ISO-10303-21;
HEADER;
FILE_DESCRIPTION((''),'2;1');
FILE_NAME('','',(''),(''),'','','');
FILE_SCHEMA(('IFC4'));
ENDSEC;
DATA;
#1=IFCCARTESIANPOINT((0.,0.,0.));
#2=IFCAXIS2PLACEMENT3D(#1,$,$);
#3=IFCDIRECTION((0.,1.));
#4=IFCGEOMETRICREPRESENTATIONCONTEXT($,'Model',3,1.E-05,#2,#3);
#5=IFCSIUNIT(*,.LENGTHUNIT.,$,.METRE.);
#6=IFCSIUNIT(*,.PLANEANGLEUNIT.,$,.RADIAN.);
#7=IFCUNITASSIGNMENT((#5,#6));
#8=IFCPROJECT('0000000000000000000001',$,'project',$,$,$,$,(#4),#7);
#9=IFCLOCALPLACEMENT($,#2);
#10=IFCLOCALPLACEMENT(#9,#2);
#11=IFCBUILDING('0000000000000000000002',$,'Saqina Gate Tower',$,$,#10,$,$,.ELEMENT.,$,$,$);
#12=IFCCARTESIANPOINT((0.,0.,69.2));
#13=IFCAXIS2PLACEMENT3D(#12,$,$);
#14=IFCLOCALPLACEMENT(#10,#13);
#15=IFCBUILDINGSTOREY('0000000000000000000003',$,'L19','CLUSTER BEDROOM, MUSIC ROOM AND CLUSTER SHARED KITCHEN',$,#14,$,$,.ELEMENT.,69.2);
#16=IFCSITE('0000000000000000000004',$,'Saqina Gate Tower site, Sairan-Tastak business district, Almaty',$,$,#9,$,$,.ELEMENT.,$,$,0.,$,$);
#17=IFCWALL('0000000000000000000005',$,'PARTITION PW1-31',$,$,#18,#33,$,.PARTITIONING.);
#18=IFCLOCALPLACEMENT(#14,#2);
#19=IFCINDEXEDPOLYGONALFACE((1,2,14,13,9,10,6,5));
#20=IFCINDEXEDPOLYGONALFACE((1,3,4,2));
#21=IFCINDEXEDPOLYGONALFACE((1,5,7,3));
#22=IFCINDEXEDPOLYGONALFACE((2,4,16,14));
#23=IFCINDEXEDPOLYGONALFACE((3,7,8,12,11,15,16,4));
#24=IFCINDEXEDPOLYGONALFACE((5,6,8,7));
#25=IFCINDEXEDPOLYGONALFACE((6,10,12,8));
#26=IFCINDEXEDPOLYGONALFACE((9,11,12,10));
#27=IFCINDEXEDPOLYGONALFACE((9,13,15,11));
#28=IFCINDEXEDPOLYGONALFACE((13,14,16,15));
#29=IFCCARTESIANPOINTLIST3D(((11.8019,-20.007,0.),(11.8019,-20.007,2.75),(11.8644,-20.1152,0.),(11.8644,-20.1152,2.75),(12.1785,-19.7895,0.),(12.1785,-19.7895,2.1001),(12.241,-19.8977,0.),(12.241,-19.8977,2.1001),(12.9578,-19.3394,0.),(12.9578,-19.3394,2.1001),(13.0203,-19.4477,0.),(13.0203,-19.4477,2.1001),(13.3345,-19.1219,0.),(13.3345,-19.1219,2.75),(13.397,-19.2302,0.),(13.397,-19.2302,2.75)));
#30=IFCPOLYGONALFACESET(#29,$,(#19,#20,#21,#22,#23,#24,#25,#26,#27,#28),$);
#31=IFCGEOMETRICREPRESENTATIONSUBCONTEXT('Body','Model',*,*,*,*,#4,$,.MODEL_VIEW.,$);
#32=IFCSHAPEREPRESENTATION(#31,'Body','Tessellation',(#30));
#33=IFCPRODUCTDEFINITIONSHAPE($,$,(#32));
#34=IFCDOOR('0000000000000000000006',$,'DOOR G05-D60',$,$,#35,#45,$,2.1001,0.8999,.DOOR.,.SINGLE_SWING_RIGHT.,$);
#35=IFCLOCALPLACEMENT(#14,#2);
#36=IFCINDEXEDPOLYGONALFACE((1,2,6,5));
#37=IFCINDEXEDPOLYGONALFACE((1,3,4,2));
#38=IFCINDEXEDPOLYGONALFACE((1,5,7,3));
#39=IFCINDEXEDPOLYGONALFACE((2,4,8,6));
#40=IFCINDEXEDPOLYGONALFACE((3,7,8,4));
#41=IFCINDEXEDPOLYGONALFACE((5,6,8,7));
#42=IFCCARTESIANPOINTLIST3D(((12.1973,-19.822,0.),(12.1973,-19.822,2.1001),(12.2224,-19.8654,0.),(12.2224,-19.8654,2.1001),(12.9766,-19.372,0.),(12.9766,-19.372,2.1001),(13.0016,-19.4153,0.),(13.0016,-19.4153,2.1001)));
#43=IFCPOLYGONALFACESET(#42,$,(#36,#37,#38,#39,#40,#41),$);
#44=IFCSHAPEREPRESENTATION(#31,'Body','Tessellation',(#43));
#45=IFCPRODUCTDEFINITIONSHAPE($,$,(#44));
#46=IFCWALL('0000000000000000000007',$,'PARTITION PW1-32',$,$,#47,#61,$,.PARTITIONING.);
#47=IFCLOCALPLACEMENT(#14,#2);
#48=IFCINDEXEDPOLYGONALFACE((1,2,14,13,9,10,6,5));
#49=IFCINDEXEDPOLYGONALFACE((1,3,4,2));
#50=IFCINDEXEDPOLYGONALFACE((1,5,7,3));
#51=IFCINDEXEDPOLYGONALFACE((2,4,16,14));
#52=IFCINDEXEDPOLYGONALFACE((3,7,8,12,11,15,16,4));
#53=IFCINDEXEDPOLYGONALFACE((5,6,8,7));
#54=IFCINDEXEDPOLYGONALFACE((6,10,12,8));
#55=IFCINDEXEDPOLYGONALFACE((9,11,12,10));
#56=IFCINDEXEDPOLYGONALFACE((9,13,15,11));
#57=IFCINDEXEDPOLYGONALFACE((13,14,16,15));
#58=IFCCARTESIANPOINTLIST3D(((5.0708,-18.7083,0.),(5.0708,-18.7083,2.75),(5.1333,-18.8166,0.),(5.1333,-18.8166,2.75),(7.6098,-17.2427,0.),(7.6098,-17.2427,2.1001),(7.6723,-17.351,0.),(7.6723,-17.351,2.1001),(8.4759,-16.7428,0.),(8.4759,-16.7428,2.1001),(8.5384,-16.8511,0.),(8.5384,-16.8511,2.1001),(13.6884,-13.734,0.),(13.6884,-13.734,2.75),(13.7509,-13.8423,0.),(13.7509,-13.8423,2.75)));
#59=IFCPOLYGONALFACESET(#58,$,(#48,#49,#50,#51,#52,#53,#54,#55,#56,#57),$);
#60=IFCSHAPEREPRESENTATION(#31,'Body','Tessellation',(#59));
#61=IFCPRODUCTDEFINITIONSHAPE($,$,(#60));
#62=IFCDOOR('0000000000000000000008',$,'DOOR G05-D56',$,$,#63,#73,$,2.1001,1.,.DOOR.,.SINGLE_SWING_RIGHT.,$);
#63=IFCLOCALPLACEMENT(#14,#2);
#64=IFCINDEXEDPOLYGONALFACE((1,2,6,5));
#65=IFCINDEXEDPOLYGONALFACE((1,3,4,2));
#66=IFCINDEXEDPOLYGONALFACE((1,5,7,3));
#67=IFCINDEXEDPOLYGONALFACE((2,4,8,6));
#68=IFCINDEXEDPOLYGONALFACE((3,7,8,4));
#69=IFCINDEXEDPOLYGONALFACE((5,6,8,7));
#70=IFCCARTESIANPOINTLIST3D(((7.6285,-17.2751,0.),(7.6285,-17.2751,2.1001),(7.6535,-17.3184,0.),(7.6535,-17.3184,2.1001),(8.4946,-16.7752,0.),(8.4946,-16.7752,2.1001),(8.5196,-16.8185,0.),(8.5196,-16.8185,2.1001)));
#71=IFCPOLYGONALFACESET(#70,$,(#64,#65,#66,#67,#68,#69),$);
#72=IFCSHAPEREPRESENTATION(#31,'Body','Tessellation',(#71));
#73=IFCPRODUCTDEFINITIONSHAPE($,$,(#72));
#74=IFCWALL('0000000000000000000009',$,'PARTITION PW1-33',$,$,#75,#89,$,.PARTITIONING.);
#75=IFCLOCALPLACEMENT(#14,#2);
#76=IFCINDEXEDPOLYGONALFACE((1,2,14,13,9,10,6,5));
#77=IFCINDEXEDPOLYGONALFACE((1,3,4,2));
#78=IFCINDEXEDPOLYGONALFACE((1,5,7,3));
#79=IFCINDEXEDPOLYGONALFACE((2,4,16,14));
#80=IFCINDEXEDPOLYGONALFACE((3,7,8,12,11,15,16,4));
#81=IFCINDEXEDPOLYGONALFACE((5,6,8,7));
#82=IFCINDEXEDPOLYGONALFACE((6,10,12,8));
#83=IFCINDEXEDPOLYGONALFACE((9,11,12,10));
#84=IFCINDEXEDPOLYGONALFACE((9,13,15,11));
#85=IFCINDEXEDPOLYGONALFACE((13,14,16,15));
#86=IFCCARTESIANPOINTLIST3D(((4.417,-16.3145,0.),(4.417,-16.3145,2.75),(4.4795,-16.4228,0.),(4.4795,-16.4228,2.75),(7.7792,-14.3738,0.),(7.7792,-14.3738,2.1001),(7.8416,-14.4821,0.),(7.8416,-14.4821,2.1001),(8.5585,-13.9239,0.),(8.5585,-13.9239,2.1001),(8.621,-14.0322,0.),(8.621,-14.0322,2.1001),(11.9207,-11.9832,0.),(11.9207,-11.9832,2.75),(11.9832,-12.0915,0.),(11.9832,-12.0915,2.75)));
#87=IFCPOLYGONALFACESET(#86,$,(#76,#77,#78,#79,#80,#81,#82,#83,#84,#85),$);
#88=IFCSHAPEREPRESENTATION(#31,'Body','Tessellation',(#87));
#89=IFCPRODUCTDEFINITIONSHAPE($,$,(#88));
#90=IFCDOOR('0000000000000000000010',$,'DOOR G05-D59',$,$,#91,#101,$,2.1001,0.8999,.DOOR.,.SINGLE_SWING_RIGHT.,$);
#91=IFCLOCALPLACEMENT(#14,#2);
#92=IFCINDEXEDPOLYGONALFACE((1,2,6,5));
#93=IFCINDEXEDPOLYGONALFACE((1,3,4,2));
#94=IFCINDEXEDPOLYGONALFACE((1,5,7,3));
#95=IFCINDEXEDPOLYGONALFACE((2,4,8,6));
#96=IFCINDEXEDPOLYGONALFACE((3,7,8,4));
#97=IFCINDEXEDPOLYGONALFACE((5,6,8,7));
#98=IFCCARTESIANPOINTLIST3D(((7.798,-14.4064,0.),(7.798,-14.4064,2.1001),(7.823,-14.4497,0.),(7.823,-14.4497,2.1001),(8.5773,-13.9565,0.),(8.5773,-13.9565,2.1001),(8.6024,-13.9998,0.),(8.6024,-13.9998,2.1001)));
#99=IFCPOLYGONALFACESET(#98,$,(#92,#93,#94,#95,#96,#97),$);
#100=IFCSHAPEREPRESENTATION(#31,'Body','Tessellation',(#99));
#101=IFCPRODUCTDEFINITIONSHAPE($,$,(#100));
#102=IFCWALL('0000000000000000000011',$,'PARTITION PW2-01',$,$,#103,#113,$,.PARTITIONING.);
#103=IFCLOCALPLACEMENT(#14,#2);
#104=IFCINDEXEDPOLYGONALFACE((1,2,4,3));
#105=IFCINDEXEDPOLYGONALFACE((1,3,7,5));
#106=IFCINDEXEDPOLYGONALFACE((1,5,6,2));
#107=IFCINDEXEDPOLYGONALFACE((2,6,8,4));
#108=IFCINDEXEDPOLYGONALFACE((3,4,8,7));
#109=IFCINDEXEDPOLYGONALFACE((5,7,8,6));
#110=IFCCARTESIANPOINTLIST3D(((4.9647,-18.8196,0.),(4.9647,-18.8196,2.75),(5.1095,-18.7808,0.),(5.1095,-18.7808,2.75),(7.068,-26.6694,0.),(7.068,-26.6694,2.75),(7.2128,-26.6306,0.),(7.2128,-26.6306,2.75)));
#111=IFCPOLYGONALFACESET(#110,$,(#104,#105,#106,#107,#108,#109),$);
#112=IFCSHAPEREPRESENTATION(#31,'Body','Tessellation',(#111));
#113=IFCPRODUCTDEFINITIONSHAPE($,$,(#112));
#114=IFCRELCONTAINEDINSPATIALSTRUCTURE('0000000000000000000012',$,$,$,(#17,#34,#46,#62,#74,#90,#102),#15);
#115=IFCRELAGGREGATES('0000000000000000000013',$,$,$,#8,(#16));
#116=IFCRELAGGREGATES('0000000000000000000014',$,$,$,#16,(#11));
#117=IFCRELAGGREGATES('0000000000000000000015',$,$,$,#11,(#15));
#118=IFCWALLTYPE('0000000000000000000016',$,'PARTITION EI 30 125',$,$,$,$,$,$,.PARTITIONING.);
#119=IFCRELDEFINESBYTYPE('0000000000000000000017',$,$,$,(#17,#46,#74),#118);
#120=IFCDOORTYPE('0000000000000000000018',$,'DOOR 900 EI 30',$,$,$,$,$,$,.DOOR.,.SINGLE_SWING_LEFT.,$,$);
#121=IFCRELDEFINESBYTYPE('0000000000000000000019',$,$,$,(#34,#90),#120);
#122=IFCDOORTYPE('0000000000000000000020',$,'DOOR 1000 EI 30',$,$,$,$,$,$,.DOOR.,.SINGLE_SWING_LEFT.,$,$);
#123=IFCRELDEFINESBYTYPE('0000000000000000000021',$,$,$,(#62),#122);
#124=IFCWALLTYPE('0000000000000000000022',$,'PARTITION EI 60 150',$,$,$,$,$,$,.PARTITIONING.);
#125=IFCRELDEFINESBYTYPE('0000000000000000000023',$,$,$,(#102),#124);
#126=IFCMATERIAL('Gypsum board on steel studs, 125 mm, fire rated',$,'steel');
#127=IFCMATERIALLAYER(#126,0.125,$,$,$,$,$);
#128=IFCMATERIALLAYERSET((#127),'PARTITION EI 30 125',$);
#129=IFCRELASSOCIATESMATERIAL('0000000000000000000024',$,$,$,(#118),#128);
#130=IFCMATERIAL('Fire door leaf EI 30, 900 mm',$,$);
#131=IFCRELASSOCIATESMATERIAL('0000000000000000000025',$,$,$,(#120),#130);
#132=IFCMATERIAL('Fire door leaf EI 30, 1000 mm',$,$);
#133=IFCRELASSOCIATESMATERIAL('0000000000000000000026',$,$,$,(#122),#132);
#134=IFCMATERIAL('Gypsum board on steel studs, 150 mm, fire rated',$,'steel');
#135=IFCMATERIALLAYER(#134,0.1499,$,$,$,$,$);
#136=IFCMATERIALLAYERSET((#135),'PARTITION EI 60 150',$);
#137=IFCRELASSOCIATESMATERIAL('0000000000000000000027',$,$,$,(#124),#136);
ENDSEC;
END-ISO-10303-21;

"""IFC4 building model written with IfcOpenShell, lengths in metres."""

from ifc_helpers import new_model, si_unit, direction, frame, frame_2d, origin, place, context, subcontext, project, spatial, rectangle, extrude, material, layer, layer_set, type_object, element, fill, save


model = new_model("IFC4")

# Units and contexts
model_context = context("Model", 3, precision=1e-05, world=origin(), true_north=direction((0.0, 1.0)))
body_context = subcontext(model_context, "Body", "Model", "MODEL_VIEW")
ifc_project = project(units=[si_unit("LENGTHUNIT", "METRE"), si_unit("PLANEANGLEUNIT", "RADIAN")], contexts=[model_context])

# Site, building, storey
site_placement = place(None, origin())
site = spatial("IfcSite", under=ifc_project, at=site_placement, Name="Saqina Gate Tower site, Sairan-Tastak business district, Almaty", CompositionType="ELEMENT", RefElevation=0.0)
building_placement = place(site_placement, origin())
building = spatial("IfcBuilding", under=site, at=building_placement, Name="Saqina Gate Tower", CompositionType="ELEMENT")
storey_placement = place(building_placement, frame((0.0, 0.0, 69.2)))
storey = spatial("IfcBuildingStorey", under=building, at=storey_placement, Name="L19", Description="CLUSTER BEDROOM, MUSIC ROOM AND CLUSTER SHARED KITCHEN", CompositionType="ELEMENT", Elevation=69.2)

# Walls, openings, doors
ifc_material_1 = material(Name="Gypsum board on steel studs, 125 mm, fire rated", Category="steel")
ifc_layer_1 = layer(ifc_material_1, 0.125)
ifc_layer_set_1 = layer_set([ifc_layer_1], Name="PARTITION EI 30 125")
wall_type_1 = type_object("IfcWallType", Name="PARTITION EI 30 125", PredefinedType="PARTITIONING", material=ifc_layer_set_1)
wall_1_placement = place(storey_placement, frame((11.8333, -20.061, 0.0), z_axis=(0.0, 0.0, 1.0), x_axis=(0.865967, 0.500101, 0.0)))
wall_1 = element("IfcWall", 1, at=wall_1_placement, inside=storey, type_object=wall_type_1, Name="PARTITION PW1-31", PredefinedType="PARTITIONING", context=body_context, shape_type="SweptSolid", body=[
    extrude(rectangle(XDim=1.7698, YDim=0.125, at=frame_2d((0.8848, 0.0))), origin(), (0.0, 0.0, 1.0), 2.75),
])
opening_1_placement = place(wall_1_placement, frame((0.4348, 0.0, 0.0)))
opening_1 = element("IfcOpeningElement", 2, at=opening_1_placement, cuts=wall_1, PredefinedType="OPENING", context=body_context, shape_type="SweptSolid", body=[
    extrude(rectangle(XDim=0.8999, YDim=2.1001, at=frame_2d((0.45, 1.05))), frame((0.0, 0.0745, 0.0), z_axis=(0.0, -1.0, 0.0), x_axis=(1.0, 0.0, 0.0)), (0.0, 0.0, 1.0), 0.1489),
])
ifc_material_2 = material(Name="Fire door leaf EI 30, 900 mm")
door_type_1 = type_object("IfcDoorType", Name="DOOR 900 EI 30", OperationType="SINGLE_SWING_LEFT", PredefinedType="DOOR", material=ifc_material_2)
door_1_placement = place(opening_1_placement, origin())
door_1 = element("IfcDoor", 3, at=door_1_placement, inside=storey, type_object=door_type_1, Name="DOOR G05-D60", OperationType="SINGLE_SWING_RIGHT", OverallHeight=2.1001, OverallWidth=0.8999, PredefinedType="DOOR", context=body_context, shape_type="SweptSolid", body=[
    extrude(rectangle(XDim=0.8999, YDim=2.1001, at=frame_2d((0.45, 1.05))), frame((0.0, 0.0249, 0.0), z_axis=(0.0, -1.0, 0.0), x_axis=(1.0, 0.0, 0.0)), (0.0, 0.0, 1.0), 0.05),
])
fill(opening_1, door_1)
wall_2_placement = place(storey_placement, frame((5.1021, -18.7625, 0.0), z_axis=(0.0, 0.0, 1.0), x_axis=(0.866071, 0.499921, 0.0)))
wall_2 = element("IfcWall", 4, at=wall_2_placement, inside=storey, type_object=wall_type_1, Name="PARTITION PW1-32", PredefinedType="PARTITIONING", context=body_context, shape_type="SweptSolid", body=[
    extrude(rectangle(XDim=9.9502, YDim=0.125, at=frame_2d((4.9751, 0.0))), origin(), (0.0, 0.0, 1.0), 2.75),
])
opening_2_placement = place(wall_2_placement, frame((2.9316, 0.0, 0.0)))
opening_2 = element("IfcOpeningElement", 5, at=opening_2_placement, cuts=wall_2, PredefinedType="OPENING", context=body_context, shape_type="SweptSolid", body=[
    extrude(rectangle(XDim=1.0, YDim=2.1001, at=frame_2d((0.5, 1.05))), frame((0.0, 0.0745, 0.0), z_axis=(0.0, -1.0, 0.0), x_axis=(1.0, 0.0, 0.0)), (0.0, 0.0, 1.0), 0.1489),
])
ifc_material_3 = material(Name="Fire door leaf EI 30, 1000 mm")
door_type_2 = type_object("IfcDoorType", Name="DOOR 1000 EI 30", OperationType="SINGLE_SWING_LEFT", PredefinedType="DOOR", material=ifc_material_3)
door_2_placement = place(opening_2_placement, frame((1.0, 0.0, 0.0), z_axis=(0.0, 0.0, 1.0), x_axis=(-1.0, 0.0, 0.0)))
door_2 = element("IfcDoor", 6, at=door_2_placement, inside=storey, type_object=door_type_2, Name="DOOR G05-D56", OperationType="SINGLE_SWING_RIGHT", OverallHeight=2.1001, OverallWidth=1.0, PredefinedType="DOOR", context=body_context, shape_type="SweptSolid", body=[
    extrude(rectangle(XDim=1.0, YDim=2.1001, at=frame_2d((0.5, 1.05))), frame((0.0, 0.0249, 0.0), z_axis=(0.0, -1.0, 0.0), x_axis=(1.0, 0.0, 0.0)), (0.0, 0.0, 1.0), 0.05),
])
fill(opening_2, door_2)
wall_3_placement = place(storey_placement, frame((4.4482, -16.3687, 0.0), z_axis=(0.0, 0.0, 1.0), x_axis=(0.866073, 0.499918, 0.0)))
wall_3 = element("IfcWall", 7, at=wall_3_placement, inside=storey, type_object=wall_type_1, Name="PARTITION PW1-33", PredefinedType="PARTITIONING", context=body_context, shape_type="SweptSolid", body=[
    extrude(rectangle(XDim=8.6641, YDim=0.125, at=frame_2d((4.332, 0.0))), origin(), (0.0, 0.0, 1.0), 2.75),
])
opening_3_placement = place(wall_3_placement, frame((3.8821, 0.0, 0.0)))
opening_3 = element("IfcOpeningElement", 8, at=opening_3_placement, cuts=wall_3, PredefinedType="OPENING", context=body_context, shape_type="SweptSolid", body=[
    extrude(rectangle(XDim=0.8999, YDim=2.1001, at=frame_2d((0.45, 1.05))), frame((0.0, 0.0745, 0.0), z_axis=(0.0, -1.0, 0.0), x_axis=(1.0, 0.0, 0.0)), (0.0, 0.0, 1.0), 0.1489),
])
door_3_placement = place(opening_3_placement, origin())
door_3 = element("IfcDoor", 9, at=door_3_placement, inside=storey, type_object=door_type_1, Name="DOOR G05-D59", OperationType="SINGLE_SWING_RIGHT", OverallHeight=2.1001, OverallWidth=0.8999, PredefinedType="DOOR", context=body_context, shape_type="SweptSolid", body=[
    extrude(rectangle(XDim=0.8999, YDim=2.1001, at=frame_2d((0.45, 1.05))), frame((0.0, 0.0249, 0.0), z_axis=(0.0, -1.0, 0.0), x_axis=(1.0, 0.0, 0.0)), (0.0, 0.0, 1.0), 0.05),
])
fill(opening_3, door_3)

# Wall
ifc_material_4 = material(Name="Gypsum board on steel studs, 150 mm, fire rated", Category="steel")
ifc_layer_2 = layer(ifc_material_4, 0.1499)
ifc_layer_set_2 = layer_set([ifc_layer_2], Name="PARTITION EI 60 150")
wall_type_2 = type_object("IfcWallType", Name="PARTITION EI 60 150", PredefinedType="PARTITIONING", material=ifc_layer_set_2)
wall_4_placement = place(storey_placement, frame((5.0371, -18.8, 0.0), z_axis=(0.0, 0.0, 1.0), x_axis=(0.258809, -0.965929, 0.0)))
element("IfcWall", 10, at=wall_4_placement, inside=storey, type_object=wall_type_2, Name="PARTITION PW2-01", PredefinedType="PARTITIONING", context=body_context, shape_type="SweptSolid", body=[
    extrude(rectangle(XDim=8.1267, YDim=0.1499, at=frame_2d((4.0635, 0.0))), origin(), (0.0, 0.0, 1.0), 2.75),
])

save(model, "model.ifc")
